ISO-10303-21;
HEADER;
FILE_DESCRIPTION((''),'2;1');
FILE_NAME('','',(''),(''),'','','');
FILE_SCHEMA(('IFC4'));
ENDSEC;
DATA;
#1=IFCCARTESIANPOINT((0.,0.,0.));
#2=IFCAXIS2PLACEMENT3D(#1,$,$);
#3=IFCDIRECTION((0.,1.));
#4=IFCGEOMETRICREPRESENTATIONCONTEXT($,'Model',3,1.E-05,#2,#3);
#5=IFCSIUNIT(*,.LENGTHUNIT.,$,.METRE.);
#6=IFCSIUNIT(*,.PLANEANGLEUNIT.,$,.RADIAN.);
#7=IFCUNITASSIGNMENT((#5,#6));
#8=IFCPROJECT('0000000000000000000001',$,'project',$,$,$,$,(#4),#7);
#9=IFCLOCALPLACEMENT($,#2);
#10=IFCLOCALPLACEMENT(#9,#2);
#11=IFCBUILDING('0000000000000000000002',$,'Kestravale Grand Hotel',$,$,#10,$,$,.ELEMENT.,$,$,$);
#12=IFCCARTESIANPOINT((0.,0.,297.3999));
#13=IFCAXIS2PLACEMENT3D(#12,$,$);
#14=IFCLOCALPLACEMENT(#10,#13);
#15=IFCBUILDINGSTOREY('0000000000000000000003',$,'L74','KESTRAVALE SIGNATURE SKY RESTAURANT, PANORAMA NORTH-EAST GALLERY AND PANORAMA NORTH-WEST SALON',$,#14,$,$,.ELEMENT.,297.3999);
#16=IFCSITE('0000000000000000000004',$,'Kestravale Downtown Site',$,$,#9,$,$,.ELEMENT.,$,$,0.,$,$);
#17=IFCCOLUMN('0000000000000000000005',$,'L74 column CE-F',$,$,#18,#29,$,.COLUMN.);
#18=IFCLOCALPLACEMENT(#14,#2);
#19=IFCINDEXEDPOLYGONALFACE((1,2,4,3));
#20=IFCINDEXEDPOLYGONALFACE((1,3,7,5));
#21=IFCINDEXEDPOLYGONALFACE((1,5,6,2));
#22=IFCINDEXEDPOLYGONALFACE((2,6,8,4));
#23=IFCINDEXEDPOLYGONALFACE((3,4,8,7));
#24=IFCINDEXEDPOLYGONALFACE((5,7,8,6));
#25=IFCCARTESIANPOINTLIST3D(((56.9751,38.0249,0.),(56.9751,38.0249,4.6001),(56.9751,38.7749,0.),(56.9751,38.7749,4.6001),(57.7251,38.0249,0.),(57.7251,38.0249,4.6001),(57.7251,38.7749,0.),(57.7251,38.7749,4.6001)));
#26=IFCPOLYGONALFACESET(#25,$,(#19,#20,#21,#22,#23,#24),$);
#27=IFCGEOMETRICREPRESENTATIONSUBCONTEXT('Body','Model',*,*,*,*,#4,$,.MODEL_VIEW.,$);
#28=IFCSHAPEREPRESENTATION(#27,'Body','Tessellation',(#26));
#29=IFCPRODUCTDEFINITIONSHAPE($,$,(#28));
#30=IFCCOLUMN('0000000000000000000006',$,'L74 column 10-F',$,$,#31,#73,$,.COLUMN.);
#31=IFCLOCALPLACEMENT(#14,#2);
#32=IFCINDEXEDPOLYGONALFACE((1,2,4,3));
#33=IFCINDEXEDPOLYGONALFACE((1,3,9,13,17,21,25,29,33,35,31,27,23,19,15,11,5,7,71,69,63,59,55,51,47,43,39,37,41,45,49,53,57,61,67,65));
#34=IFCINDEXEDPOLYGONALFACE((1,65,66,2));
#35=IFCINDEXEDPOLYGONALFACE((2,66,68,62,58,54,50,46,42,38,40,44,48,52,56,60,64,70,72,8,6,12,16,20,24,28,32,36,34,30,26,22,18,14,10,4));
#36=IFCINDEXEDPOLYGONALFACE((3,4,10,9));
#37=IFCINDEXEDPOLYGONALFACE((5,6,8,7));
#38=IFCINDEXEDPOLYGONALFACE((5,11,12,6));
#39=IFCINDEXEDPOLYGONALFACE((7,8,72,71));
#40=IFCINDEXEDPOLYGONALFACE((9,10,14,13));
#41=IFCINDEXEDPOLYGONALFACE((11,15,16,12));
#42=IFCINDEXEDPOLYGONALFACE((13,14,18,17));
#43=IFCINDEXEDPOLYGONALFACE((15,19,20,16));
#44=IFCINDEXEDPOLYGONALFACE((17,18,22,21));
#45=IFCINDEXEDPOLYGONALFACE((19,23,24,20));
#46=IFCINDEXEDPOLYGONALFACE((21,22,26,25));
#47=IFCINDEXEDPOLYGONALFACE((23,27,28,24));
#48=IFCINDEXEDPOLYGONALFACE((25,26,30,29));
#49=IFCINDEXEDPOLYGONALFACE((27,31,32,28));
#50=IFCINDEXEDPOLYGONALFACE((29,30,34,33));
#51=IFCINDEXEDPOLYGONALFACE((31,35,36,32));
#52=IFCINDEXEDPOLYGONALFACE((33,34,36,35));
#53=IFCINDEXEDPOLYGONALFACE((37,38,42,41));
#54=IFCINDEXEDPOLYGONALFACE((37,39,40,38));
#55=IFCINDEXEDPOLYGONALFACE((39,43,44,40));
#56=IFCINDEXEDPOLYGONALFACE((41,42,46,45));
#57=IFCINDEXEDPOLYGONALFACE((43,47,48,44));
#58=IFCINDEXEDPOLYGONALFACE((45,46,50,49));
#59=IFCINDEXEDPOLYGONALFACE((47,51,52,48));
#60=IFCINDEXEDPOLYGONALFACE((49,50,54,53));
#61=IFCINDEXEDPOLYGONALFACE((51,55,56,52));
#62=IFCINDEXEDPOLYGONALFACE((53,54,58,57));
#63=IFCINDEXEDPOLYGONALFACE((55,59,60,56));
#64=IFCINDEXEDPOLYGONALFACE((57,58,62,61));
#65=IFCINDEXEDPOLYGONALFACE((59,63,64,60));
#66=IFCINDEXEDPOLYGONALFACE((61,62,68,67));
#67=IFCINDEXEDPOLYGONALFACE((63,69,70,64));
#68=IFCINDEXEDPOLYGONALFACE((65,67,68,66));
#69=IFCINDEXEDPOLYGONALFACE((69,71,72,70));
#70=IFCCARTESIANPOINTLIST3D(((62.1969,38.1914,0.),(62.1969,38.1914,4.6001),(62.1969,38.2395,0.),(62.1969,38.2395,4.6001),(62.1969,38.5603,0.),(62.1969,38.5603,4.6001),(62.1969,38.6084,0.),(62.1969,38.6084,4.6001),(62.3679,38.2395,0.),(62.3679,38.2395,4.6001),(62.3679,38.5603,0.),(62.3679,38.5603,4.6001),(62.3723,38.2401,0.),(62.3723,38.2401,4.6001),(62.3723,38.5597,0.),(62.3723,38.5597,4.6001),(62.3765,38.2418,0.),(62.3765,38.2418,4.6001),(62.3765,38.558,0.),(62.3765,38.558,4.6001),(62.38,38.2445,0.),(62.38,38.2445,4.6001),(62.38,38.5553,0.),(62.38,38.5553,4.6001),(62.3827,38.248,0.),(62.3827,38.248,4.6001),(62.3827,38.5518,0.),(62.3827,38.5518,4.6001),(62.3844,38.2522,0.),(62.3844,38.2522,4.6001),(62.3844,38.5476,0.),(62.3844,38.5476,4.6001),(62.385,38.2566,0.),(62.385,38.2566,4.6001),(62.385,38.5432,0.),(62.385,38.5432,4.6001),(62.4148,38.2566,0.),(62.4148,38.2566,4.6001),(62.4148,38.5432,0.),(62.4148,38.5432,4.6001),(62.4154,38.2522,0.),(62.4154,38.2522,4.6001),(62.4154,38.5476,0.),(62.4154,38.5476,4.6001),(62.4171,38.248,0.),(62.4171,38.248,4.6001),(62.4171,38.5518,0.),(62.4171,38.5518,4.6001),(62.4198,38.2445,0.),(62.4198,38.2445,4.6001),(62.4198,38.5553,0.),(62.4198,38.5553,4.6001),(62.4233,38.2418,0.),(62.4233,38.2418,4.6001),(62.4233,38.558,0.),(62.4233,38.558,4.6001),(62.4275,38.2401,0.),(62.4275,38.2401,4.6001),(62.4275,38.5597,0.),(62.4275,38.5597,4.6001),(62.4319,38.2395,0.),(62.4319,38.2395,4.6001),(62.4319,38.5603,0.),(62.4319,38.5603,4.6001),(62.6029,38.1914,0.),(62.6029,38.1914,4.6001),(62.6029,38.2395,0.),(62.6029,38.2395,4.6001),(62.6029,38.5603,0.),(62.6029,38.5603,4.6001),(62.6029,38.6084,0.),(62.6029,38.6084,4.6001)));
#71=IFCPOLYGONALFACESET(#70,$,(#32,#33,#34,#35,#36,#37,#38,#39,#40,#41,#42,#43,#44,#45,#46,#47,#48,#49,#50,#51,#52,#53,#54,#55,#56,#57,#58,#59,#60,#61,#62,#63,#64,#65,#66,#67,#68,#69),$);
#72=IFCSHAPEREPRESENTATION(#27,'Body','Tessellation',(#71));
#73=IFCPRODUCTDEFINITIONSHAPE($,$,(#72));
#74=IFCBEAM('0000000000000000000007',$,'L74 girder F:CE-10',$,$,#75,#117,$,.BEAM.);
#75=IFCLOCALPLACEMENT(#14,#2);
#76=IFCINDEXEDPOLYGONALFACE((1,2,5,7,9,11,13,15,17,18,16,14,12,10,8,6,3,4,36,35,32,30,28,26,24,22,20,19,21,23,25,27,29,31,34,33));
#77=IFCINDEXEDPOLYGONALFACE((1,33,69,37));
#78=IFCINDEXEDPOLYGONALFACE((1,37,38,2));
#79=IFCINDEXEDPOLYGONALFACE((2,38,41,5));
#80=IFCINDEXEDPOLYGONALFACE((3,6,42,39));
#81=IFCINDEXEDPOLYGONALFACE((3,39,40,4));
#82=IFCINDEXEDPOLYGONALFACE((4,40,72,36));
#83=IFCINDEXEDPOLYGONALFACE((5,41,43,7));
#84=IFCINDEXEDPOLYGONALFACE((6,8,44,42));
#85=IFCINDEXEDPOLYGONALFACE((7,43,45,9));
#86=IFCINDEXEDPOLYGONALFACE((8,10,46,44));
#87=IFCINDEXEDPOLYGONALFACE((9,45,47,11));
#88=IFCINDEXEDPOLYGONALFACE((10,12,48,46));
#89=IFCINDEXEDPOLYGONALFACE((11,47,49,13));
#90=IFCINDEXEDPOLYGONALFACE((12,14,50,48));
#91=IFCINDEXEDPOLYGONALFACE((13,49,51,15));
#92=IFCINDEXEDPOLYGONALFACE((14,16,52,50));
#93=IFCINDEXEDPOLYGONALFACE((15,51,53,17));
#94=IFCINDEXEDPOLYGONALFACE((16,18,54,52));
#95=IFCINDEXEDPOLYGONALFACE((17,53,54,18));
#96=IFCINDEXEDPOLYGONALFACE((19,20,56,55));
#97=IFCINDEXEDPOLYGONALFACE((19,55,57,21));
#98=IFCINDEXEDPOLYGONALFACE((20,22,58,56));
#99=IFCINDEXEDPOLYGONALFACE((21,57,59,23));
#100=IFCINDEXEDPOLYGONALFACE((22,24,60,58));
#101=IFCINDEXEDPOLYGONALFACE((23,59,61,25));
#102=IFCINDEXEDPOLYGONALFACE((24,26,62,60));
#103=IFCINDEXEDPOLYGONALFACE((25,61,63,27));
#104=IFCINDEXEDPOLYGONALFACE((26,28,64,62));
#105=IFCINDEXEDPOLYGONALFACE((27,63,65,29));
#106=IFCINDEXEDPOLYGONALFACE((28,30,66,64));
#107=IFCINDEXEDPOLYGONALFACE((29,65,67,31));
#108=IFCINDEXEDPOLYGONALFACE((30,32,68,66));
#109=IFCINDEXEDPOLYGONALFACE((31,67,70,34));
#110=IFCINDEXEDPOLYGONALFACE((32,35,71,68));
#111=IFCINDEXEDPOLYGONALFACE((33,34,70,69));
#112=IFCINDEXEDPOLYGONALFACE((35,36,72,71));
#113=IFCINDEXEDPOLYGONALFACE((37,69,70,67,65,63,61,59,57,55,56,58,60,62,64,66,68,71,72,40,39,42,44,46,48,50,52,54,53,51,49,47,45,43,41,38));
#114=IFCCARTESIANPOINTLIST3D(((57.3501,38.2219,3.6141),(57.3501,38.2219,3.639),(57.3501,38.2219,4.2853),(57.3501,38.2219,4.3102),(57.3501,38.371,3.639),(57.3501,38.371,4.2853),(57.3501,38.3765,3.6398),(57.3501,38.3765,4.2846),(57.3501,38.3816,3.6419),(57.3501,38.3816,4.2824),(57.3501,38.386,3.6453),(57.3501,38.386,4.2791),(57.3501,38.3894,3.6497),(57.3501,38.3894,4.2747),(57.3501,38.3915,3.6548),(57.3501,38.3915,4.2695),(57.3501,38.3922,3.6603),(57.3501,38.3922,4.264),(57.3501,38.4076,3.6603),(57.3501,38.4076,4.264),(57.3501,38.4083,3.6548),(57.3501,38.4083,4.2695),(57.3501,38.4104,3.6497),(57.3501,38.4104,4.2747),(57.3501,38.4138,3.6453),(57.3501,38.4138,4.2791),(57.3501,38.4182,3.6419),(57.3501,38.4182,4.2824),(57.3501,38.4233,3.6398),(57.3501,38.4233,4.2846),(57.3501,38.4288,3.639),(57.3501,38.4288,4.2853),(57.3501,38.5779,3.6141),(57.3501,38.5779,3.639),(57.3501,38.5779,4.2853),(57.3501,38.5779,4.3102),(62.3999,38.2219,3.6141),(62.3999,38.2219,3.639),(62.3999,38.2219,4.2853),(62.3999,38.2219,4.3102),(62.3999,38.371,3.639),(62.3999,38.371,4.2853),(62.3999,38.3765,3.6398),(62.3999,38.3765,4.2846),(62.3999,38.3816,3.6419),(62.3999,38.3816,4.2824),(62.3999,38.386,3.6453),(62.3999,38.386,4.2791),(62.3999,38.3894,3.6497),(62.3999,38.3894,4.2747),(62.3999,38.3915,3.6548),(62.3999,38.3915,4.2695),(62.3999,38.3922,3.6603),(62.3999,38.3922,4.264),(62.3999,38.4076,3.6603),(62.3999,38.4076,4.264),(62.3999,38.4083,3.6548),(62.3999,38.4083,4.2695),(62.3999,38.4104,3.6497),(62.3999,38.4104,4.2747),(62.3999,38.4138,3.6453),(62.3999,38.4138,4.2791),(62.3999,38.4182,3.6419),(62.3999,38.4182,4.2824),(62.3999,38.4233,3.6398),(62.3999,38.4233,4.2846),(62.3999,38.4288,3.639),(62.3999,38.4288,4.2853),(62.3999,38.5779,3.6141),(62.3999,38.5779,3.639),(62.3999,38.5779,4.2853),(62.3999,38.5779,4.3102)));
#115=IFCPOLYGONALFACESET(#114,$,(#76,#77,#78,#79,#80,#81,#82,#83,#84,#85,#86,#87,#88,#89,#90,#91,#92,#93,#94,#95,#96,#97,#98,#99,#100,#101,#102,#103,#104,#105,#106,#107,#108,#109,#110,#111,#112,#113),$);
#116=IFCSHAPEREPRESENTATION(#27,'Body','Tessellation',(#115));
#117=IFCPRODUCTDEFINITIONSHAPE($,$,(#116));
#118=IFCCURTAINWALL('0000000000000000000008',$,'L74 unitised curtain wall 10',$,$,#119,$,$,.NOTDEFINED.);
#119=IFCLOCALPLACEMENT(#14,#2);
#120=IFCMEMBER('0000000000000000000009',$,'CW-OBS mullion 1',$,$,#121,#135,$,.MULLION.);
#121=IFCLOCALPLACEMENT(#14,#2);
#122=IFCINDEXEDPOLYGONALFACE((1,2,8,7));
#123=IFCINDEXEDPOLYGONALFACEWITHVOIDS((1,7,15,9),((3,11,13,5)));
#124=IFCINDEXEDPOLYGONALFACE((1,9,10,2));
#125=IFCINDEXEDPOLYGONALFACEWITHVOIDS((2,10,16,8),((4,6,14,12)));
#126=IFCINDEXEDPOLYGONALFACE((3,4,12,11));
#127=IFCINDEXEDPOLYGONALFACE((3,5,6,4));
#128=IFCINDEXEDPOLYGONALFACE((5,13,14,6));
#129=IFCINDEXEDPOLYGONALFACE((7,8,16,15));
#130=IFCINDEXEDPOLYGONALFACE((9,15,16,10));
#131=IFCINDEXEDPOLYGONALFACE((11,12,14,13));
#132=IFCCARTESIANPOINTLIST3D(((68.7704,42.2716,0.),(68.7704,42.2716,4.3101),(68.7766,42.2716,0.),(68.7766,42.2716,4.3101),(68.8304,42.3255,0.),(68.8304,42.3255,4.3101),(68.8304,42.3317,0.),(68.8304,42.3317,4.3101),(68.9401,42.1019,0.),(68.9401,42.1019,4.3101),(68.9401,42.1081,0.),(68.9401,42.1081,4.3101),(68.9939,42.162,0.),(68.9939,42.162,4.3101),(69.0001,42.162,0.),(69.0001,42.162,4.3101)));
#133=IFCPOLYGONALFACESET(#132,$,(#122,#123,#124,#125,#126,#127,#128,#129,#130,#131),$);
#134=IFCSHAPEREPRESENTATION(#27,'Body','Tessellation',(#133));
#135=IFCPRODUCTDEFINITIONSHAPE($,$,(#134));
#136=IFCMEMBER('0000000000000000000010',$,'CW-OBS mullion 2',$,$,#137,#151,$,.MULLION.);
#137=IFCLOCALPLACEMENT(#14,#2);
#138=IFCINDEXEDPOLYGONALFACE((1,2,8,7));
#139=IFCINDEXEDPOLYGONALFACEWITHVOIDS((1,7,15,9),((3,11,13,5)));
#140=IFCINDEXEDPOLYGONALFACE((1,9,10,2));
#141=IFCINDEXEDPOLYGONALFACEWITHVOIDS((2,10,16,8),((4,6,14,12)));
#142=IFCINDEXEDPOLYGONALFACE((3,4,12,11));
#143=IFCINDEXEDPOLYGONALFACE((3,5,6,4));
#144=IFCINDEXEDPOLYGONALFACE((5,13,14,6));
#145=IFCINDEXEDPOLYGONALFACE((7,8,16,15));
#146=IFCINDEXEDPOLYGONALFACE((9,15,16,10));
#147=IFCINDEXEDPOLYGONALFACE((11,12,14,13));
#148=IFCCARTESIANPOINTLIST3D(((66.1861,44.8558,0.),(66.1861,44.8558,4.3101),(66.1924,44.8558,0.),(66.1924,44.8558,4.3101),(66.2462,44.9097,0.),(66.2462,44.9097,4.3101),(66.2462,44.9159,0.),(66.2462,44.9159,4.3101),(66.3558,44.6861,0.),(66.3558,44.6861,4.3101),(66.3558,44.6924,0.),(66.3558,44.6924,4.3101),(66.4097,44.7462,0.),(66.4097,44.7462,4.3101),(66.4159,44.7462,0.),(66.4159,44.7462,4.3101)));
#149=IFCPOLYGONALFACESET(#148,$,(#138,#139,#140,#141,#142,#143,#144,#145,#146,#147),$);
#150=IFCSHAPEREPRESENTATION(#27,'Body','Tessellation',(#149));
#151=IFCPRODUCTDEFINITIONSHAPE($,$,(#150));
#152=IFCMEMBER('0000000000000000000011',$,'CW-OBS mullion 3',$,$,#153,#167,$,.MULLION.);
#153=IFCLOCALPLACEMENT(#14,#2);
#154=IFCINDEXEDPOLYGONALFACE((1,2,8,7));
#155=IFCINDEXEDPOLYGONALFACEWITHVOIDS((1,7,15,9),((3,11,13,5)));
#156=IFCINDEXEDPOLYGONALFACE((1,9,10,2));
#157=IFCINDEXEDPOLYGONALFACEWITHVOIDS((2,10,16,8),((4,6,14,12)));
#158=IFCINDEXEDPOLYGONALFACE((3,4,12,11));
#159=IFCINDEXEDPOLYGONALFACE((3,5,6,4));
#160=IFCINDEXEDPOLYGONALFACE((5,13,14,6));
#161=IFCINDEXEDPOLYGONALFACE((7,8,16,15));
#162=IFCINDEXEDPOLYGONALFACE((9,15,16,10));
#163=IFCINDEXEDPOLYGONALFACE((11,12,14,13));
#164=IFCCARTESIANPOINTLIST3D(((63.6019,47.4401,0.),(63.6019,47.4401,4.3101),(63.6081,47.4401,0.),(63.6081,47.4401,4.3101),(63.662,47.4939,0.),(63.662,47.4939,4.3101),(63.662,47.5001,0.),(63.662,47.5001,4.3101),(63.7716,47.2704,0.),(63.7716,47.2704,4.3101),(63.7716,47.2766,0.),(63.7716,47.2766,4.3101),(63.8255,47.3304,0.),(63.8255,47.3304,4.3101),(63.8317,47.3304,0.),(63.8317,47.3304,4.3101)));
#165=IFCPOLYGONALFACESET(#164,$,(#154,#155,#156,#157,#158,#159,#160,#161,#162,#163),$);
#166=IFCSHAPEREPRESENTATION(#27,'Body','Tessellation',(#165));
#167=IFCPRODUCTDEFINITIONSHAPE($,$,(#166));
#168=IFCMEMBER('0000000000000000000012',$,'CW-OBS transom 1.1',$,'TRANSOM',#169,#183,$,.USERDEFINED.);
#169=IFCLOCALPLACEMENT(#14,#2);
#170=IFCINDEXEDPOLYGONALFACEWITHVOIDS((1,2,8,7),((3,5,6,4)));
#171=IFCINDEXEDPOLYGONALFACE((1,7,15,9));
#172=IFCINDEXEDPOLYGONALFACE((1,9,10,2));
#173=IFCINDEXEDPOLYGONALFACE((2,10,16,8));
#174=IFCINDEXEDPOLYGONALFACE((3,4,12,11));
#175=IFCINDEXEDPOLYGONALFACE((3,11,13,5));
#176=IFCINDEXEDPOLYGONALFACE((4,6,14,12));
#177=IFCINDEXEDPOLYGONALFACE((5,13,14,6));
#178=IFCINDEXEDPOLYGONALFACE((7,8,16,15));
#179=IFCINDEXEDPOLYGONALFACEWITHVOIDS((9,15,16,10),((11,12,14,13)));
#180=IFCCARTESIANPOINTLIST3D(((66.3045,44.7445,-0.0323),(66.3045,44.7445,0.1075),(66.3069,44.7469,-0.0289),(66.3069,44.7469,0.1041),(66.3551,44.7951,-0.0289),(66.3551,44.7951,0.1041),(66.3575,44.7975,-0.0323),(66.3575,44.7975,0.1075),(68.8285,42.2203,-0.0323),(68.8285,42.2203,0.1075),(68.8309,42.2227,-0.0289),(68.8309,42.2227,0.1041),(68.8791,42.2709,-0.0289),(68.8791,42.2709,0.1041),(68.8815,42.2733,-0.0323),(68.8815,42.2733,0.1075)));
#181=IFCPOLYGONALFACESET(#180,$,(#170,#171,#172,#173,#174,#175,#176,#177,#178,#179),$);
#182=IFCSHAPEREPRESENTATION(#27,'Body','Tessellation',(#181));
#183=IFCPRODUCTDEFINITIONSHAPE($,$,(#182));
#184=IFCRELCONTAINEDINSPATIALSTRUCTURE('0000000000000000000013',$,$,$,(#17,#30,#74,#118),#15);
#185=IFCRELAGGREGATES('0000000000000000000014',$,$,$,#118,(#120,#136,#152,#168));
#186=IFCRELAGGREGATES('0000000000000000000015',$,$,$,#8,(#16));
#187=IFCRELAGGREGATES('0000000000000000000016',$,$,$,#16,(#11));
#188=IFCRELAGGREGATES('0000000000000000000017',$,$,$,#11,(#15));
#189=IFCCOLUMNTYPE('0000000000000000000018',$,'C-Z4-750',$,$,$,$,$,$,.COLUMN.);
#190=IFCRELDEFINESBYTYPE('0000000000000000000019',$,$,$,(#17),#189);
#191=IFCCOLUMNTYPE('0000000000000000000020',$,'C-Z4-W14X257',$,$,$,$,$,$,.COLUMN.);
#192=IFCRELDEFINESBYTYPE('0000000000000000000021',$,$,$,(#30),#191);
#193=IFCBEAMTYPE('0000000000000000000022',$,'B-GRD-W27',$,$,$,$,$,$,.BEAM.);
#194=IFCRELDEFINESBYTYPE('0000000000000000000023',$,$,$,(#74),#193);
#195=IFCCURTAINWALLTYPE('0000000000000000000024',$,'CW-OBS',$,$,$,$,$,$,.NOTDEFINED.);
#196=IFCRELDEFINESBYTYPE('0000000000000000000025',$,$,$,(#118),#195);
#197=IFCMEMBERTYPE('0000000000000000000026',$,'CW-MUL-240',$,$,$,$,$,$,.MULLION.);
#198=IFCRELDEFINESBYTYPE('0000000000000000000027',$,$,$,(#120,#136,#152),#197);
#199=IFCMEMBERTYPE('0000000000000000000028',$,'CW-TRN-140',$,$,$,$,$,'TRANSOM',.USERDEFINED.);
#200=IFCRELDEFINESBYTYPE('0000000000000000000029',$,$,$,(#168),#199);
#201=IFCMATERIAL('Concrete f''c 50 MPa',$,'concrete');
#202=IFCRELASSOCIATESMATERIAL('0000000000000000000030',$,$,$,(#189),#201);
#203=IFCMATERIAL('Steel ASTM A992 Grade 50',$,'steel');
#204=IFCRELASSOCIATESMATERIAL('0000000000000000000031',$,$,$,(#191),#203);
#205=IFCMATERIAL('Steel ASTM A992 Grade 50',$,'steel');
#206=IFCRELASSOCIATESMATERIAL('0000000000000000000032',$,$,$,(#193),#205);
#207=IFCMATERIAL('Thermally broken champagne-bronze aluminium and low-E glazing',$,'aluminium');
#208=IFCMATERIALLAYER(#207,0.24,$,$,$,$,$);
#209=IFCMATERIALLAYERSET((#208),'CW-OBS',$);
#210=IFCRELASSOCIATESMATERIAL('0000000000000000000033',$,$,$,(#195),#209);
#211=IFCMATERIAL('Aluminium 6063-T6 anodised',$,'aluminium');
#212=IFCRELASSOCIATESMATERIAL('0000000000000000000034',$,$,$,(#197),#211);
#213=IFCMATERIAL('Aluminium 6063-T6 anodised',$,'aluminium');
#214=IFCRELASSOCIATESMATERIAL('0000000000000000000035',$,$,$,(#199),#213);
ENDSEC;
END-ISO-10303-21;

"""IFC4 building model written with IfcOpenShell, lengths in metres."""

from ifc_helpers import new_model, si_unit, direction, frame, origin, origin_2d, place, context, subcontext, project, spatial, rectangle, hollow_rectangle, i_section, extrude, material, layer, layer_set, material_profile, profile_set, type_object, element, aggregate, save


model = new_model("IFC4")

# Units and contexts
model_context = context("Model", 3, precision=1e-05, world=origin(), true_north=direction((0.0, 1.0)))
body_context = subcontext(model_context, "Body", "Model", "MODEL_VIEW")
ifc_project = project(units=[si_unit("LENGTHUNIT", "METRE"), si_unit("PLANEANGLEUNIT", "RADIAN")], contexts=[model_context])

# Site, building, storey
site_placement = place(None, origin())
site = spatial("IfcSite", under=ifc_project, at=site_placement, Name="Kestravale Downtown Site", CompositionType="ELEMENT", RefElevation=0.0)
building_placement = place(site_placement, origin())
building = spatial("IfcBuilding", under=site, at=building_placement, Name="Kestravale Grand Hotel", CompositionType="ELEMENT")
storey_placement = place(building_placement, frame((0.0, 0.0, 297.3999)))
storey = spatial("IfcBuildingStorey", under=building, at=storey_placement, Name="L74", Description="KESTRAVALE SIGNATURE SKY RESTAURANT, PANORAMA NORTH-EAST GALLERY AND PANORAMA NORTH-WEST SALON", CompositionType="ELEMENT", Elevation=297.3999)

# Columns
ifc_material_1 = material(Name="Concrete f'c 50 MPa", Category="concrete")
ifc_material_profile_1 = material_profile(ifc_material_1, rectangle(XDim=0.75, YDim=0.75, at=origin_2d()))
ifc_profile_set_1 = profile_set([ifc_material_profile_1], Name="Concrete f'c 50 MPa")
column_type_1 = type_object("IfcColumnType", Name="C-Z4-750", PredefinedType="COLUMN", material=ifc_profile_set_1)
column_1_placement = place(storey_placement, frame((57.3501, 38.3999, 0.0), z_axis=(0.0, 0.0, 1.0), x_axis=(1.0, 0.0, 0.0)))
element("IfcColumn", 1, at=column_1_placement, inside=storey, type_object=column_type_1, Name="L74 column CE-F", PredefinedType="COLUMN", context=body_context, shape_type="SweptSolid", body=[
    extrude(rectangle(XDim=0.75, YDim=0.75, at=origin_2d()), origin(), (0.0, 0.0, 1.0), 4.6001),
])
ifc_material_2 = material(Name="Steel ASTM A992 Grade 50", Category="steel")
ifc_material_profile_2 = material_profile(ifc_material_2, i_section(OverallWidth=0.406, OverallDepth=0.417, WebThickness=0.0298, FlangeThickness=0.0481, FilletRadius=0.0171, at=origin_2d()))
ifc_profile_set_2 = profile_set([ifc_material_profile_2], Name="Steel ASTM A992 Grade 50")
column_type_2 = type_object("IfcColumnType", Name="C-Z4-W14X257", PredefinedType="COLUMN", material=ifc_profile_set_2)
column_2_placement = place(storey_placement, frame((62.3999, 38.3999, 0.0), z_axis=(0.0, 0.0, 1.0), x_axis=(1.0, 0.0, 0.0)))
element("IfcColumn", 2, at=column_2_placement, inside=storey, type_object=column_type_2, Name="L74 column 10-F", PredefinedType="COLUMN", context=body_context, shape_type="SweptSolid", body=[
    extrude(i_section(OverallWidth=0.406, OverallDepth=0.417, WebThickness=0.0298, FlangeThickness=0.0481, FilletRadius=0.0171, at=origin_2d()), origin(), (0.0, 0.0, 1.0), 4.6001),
])

# Beam
ifc_material_3 = material(Name="Steel ASTM A992 Grade 50", Category="steel")
ifc_material_profile_3 = material_profile(ifc_material_3, i_section(OverallWidth=0.356, OverallDepth=0.696, WebThickness=0.0154, FlangeThickness=0.0249, FilletRadius=0.0212, at=origin_2d()))
ifc_profile_set_3 = profile_set([ifc_material_profile_3], Name="Steel ASTM A992 Grade 50")
beam_type = type_object("IfcBeamType", Name="B-GRD-W27", PredefinedType="BEAM", material=ifc_profile_set_3)
beam_placement = place(storey_placement, frame((57.3501, 38.3999, 3.9622), z_axis=(1.0, 0.0, 0.0), x_axis=(0.0, 1.0, 0.0)))
element("IfcBeam", 3, at=beam_placement, inside=storey, type_object=beam_type, Name="L74 girder F:CE-10", PredefinedType="BEAM", context=body_context, shape_type="SweptSolid", body=[
    extrude(i_section(OverallWidth=0.356, OverallDepth=0.696, WebThickness=0.0154, FlangeThickness=0.0249, FilletRadius=0.0212, at=origin_2d()), origin(), (0.0, 0.0, 1.0), 5.0498),
])

# Curtain wall, members
ifc_material_4 = material(Name="Thermally broken champagne-bronze aluminium and low-E glazing", Category="aluminium")
ifc_layer_1 = layer(ifc_material_4, 0.24)
ifc_layer_set_1 = layer_set([ifc_layer_1], Name="CW-OBS")
curtain_wall_type = type_object("IfcCurtainWallType", Name="CW-OBS", PredefinedType="NOTDEFINED", material=ifc_layer_set_1)
curtain_wall_placement = place(storey_placement, origin())
curtain_wall = element("IfcCurtainWall", 4, at=curtain_wall_placement, inside=storey, type_object=curtain_wall_type, Name="L74 unitised curtain wall 10", PredefinedType="NOTDEFINED")
ifc_material_5 = material(Name="Aluminium 6063-T6 anodised", Category="aluminium")
ifc_material_profile_4 = material_profile(ifc_material_5, hollow_rectangle(XDim=0.085, YDim=0.24, WallThickness=0.0044, at=origin_2d()))
ifc_profile_set_4 = profile_set([ifc_material_profile_4], Name="Aluminium 6063-T6 anodised")
member_type_1 = type_object("IfcMemberType", Name="CW-MUL-240", PredefinedType="MULLION", material=ifc_profile_set_4)
member_1_placement = place(storey_placement, frame((68.8853, 42.2168, 0.0), z_axis=(0.0, 0.0, 1.0), x_axis=(-0.707107, -0.707107, 0.0)))
member_1 = element("IfcMember", 5, at=member_1_placement, type_object=member_type_1, Name="CW-OBS mullion 1", PredefinedType="MULLION", context=body_context, shape_type="SweptSolid", body=[
    extrude(hollow_rectangle(XDim=0.085, YDim=0.24, WallThickness=0.0044, at=origin_2d()), origin(), (0.0, 0.0, 1.0), 4.3101),
])
member_2_placement = place(storey_placement, frame((66.301, 44.801, 0.0), z_axis=(0.0, 0.0, 1.0), x_axis=(-0.707107, -0.707107, 0.0)))
member_2 = element("IfcMember", 6, at=member_2_placement, type_object=member_type_1, Name="CW-OBS mullion 2", PredefinedType="MULLION", context=body_context, shape_type="SweptSolid", body=[
    extrude(hollow_rectangle(XDim=0.085, YDim=0.24, WallThickness=0.0044, at=origin_2d()), origin(), (0.0, 0.0, 1.0), 4.3101),
])
member_3_placement = place(storey_placement, frame((63.7168, 47.3853, 0.0), z_axis=(0.0, 0.0, 1.0), x_axis=(-0.707107, -0.707107, 0.0)))
member_3 = element("IfcMember", 7, at=member_3_placement, type_object=member_type_1, Name="CW-OBS mullion 3", PredefinedType="MULLION", context=body_context, shape_type="SweptSolid", body=[
    extrude(hollow_rectangle(XDim=0.085, YDim=0.24, WallThickness=0.0044, at=origin_2d()), origin(), (0.0, 0.0, 1.0), 4.3101),
])
ifc_material_6 = material(Name="Aluminium 6063-T6 anodised", Category="aluminium")
ifc_material_profile_5 = material_profile(ifc_material_6, hollow_rectangle(XDim=0.075, YDim=0.1399, WallThickness=0.0034, at=origin_2d()))
ifc_profile_set_5 = profile_set([ifc_material_profile_5], Name="Aluminium 6063-T6 anodised")
member_type_2 = type_object("IfcMemberType", Name="CW-TRN-140", ElementType="TRANSOM", PredefinedType="USERDEFINED", material=ifc_profile_set_5)
member_4_placement = place(storey_placement, frame((68.855, 42.2468, 0.0376), z_axis=(-0.707073, 0.707141, 0.0), x_axis=(-0.707141, -0.707073, 0.0)))
member_4 = element("IfcMember", 8, at=member_4_placement, type_object=member_type_2, Name="CW-OBS transom 1.1", ObjectType="TRANSOM", PredefinedType="USERDEFINED", context=body_context, shape_type="SweptSolid", body=[
    extrude(hollow_rectangle(XDim=0.075, YDim=0.1399, WallThickness=0.0034, at=origin_2d()), origin(), (0.0, 0.0, 1.0), 3.5696),
])
aggregate(curtain_wall, [member_1, member_2, member_3, member_4])

save(model, "model.ifc")
